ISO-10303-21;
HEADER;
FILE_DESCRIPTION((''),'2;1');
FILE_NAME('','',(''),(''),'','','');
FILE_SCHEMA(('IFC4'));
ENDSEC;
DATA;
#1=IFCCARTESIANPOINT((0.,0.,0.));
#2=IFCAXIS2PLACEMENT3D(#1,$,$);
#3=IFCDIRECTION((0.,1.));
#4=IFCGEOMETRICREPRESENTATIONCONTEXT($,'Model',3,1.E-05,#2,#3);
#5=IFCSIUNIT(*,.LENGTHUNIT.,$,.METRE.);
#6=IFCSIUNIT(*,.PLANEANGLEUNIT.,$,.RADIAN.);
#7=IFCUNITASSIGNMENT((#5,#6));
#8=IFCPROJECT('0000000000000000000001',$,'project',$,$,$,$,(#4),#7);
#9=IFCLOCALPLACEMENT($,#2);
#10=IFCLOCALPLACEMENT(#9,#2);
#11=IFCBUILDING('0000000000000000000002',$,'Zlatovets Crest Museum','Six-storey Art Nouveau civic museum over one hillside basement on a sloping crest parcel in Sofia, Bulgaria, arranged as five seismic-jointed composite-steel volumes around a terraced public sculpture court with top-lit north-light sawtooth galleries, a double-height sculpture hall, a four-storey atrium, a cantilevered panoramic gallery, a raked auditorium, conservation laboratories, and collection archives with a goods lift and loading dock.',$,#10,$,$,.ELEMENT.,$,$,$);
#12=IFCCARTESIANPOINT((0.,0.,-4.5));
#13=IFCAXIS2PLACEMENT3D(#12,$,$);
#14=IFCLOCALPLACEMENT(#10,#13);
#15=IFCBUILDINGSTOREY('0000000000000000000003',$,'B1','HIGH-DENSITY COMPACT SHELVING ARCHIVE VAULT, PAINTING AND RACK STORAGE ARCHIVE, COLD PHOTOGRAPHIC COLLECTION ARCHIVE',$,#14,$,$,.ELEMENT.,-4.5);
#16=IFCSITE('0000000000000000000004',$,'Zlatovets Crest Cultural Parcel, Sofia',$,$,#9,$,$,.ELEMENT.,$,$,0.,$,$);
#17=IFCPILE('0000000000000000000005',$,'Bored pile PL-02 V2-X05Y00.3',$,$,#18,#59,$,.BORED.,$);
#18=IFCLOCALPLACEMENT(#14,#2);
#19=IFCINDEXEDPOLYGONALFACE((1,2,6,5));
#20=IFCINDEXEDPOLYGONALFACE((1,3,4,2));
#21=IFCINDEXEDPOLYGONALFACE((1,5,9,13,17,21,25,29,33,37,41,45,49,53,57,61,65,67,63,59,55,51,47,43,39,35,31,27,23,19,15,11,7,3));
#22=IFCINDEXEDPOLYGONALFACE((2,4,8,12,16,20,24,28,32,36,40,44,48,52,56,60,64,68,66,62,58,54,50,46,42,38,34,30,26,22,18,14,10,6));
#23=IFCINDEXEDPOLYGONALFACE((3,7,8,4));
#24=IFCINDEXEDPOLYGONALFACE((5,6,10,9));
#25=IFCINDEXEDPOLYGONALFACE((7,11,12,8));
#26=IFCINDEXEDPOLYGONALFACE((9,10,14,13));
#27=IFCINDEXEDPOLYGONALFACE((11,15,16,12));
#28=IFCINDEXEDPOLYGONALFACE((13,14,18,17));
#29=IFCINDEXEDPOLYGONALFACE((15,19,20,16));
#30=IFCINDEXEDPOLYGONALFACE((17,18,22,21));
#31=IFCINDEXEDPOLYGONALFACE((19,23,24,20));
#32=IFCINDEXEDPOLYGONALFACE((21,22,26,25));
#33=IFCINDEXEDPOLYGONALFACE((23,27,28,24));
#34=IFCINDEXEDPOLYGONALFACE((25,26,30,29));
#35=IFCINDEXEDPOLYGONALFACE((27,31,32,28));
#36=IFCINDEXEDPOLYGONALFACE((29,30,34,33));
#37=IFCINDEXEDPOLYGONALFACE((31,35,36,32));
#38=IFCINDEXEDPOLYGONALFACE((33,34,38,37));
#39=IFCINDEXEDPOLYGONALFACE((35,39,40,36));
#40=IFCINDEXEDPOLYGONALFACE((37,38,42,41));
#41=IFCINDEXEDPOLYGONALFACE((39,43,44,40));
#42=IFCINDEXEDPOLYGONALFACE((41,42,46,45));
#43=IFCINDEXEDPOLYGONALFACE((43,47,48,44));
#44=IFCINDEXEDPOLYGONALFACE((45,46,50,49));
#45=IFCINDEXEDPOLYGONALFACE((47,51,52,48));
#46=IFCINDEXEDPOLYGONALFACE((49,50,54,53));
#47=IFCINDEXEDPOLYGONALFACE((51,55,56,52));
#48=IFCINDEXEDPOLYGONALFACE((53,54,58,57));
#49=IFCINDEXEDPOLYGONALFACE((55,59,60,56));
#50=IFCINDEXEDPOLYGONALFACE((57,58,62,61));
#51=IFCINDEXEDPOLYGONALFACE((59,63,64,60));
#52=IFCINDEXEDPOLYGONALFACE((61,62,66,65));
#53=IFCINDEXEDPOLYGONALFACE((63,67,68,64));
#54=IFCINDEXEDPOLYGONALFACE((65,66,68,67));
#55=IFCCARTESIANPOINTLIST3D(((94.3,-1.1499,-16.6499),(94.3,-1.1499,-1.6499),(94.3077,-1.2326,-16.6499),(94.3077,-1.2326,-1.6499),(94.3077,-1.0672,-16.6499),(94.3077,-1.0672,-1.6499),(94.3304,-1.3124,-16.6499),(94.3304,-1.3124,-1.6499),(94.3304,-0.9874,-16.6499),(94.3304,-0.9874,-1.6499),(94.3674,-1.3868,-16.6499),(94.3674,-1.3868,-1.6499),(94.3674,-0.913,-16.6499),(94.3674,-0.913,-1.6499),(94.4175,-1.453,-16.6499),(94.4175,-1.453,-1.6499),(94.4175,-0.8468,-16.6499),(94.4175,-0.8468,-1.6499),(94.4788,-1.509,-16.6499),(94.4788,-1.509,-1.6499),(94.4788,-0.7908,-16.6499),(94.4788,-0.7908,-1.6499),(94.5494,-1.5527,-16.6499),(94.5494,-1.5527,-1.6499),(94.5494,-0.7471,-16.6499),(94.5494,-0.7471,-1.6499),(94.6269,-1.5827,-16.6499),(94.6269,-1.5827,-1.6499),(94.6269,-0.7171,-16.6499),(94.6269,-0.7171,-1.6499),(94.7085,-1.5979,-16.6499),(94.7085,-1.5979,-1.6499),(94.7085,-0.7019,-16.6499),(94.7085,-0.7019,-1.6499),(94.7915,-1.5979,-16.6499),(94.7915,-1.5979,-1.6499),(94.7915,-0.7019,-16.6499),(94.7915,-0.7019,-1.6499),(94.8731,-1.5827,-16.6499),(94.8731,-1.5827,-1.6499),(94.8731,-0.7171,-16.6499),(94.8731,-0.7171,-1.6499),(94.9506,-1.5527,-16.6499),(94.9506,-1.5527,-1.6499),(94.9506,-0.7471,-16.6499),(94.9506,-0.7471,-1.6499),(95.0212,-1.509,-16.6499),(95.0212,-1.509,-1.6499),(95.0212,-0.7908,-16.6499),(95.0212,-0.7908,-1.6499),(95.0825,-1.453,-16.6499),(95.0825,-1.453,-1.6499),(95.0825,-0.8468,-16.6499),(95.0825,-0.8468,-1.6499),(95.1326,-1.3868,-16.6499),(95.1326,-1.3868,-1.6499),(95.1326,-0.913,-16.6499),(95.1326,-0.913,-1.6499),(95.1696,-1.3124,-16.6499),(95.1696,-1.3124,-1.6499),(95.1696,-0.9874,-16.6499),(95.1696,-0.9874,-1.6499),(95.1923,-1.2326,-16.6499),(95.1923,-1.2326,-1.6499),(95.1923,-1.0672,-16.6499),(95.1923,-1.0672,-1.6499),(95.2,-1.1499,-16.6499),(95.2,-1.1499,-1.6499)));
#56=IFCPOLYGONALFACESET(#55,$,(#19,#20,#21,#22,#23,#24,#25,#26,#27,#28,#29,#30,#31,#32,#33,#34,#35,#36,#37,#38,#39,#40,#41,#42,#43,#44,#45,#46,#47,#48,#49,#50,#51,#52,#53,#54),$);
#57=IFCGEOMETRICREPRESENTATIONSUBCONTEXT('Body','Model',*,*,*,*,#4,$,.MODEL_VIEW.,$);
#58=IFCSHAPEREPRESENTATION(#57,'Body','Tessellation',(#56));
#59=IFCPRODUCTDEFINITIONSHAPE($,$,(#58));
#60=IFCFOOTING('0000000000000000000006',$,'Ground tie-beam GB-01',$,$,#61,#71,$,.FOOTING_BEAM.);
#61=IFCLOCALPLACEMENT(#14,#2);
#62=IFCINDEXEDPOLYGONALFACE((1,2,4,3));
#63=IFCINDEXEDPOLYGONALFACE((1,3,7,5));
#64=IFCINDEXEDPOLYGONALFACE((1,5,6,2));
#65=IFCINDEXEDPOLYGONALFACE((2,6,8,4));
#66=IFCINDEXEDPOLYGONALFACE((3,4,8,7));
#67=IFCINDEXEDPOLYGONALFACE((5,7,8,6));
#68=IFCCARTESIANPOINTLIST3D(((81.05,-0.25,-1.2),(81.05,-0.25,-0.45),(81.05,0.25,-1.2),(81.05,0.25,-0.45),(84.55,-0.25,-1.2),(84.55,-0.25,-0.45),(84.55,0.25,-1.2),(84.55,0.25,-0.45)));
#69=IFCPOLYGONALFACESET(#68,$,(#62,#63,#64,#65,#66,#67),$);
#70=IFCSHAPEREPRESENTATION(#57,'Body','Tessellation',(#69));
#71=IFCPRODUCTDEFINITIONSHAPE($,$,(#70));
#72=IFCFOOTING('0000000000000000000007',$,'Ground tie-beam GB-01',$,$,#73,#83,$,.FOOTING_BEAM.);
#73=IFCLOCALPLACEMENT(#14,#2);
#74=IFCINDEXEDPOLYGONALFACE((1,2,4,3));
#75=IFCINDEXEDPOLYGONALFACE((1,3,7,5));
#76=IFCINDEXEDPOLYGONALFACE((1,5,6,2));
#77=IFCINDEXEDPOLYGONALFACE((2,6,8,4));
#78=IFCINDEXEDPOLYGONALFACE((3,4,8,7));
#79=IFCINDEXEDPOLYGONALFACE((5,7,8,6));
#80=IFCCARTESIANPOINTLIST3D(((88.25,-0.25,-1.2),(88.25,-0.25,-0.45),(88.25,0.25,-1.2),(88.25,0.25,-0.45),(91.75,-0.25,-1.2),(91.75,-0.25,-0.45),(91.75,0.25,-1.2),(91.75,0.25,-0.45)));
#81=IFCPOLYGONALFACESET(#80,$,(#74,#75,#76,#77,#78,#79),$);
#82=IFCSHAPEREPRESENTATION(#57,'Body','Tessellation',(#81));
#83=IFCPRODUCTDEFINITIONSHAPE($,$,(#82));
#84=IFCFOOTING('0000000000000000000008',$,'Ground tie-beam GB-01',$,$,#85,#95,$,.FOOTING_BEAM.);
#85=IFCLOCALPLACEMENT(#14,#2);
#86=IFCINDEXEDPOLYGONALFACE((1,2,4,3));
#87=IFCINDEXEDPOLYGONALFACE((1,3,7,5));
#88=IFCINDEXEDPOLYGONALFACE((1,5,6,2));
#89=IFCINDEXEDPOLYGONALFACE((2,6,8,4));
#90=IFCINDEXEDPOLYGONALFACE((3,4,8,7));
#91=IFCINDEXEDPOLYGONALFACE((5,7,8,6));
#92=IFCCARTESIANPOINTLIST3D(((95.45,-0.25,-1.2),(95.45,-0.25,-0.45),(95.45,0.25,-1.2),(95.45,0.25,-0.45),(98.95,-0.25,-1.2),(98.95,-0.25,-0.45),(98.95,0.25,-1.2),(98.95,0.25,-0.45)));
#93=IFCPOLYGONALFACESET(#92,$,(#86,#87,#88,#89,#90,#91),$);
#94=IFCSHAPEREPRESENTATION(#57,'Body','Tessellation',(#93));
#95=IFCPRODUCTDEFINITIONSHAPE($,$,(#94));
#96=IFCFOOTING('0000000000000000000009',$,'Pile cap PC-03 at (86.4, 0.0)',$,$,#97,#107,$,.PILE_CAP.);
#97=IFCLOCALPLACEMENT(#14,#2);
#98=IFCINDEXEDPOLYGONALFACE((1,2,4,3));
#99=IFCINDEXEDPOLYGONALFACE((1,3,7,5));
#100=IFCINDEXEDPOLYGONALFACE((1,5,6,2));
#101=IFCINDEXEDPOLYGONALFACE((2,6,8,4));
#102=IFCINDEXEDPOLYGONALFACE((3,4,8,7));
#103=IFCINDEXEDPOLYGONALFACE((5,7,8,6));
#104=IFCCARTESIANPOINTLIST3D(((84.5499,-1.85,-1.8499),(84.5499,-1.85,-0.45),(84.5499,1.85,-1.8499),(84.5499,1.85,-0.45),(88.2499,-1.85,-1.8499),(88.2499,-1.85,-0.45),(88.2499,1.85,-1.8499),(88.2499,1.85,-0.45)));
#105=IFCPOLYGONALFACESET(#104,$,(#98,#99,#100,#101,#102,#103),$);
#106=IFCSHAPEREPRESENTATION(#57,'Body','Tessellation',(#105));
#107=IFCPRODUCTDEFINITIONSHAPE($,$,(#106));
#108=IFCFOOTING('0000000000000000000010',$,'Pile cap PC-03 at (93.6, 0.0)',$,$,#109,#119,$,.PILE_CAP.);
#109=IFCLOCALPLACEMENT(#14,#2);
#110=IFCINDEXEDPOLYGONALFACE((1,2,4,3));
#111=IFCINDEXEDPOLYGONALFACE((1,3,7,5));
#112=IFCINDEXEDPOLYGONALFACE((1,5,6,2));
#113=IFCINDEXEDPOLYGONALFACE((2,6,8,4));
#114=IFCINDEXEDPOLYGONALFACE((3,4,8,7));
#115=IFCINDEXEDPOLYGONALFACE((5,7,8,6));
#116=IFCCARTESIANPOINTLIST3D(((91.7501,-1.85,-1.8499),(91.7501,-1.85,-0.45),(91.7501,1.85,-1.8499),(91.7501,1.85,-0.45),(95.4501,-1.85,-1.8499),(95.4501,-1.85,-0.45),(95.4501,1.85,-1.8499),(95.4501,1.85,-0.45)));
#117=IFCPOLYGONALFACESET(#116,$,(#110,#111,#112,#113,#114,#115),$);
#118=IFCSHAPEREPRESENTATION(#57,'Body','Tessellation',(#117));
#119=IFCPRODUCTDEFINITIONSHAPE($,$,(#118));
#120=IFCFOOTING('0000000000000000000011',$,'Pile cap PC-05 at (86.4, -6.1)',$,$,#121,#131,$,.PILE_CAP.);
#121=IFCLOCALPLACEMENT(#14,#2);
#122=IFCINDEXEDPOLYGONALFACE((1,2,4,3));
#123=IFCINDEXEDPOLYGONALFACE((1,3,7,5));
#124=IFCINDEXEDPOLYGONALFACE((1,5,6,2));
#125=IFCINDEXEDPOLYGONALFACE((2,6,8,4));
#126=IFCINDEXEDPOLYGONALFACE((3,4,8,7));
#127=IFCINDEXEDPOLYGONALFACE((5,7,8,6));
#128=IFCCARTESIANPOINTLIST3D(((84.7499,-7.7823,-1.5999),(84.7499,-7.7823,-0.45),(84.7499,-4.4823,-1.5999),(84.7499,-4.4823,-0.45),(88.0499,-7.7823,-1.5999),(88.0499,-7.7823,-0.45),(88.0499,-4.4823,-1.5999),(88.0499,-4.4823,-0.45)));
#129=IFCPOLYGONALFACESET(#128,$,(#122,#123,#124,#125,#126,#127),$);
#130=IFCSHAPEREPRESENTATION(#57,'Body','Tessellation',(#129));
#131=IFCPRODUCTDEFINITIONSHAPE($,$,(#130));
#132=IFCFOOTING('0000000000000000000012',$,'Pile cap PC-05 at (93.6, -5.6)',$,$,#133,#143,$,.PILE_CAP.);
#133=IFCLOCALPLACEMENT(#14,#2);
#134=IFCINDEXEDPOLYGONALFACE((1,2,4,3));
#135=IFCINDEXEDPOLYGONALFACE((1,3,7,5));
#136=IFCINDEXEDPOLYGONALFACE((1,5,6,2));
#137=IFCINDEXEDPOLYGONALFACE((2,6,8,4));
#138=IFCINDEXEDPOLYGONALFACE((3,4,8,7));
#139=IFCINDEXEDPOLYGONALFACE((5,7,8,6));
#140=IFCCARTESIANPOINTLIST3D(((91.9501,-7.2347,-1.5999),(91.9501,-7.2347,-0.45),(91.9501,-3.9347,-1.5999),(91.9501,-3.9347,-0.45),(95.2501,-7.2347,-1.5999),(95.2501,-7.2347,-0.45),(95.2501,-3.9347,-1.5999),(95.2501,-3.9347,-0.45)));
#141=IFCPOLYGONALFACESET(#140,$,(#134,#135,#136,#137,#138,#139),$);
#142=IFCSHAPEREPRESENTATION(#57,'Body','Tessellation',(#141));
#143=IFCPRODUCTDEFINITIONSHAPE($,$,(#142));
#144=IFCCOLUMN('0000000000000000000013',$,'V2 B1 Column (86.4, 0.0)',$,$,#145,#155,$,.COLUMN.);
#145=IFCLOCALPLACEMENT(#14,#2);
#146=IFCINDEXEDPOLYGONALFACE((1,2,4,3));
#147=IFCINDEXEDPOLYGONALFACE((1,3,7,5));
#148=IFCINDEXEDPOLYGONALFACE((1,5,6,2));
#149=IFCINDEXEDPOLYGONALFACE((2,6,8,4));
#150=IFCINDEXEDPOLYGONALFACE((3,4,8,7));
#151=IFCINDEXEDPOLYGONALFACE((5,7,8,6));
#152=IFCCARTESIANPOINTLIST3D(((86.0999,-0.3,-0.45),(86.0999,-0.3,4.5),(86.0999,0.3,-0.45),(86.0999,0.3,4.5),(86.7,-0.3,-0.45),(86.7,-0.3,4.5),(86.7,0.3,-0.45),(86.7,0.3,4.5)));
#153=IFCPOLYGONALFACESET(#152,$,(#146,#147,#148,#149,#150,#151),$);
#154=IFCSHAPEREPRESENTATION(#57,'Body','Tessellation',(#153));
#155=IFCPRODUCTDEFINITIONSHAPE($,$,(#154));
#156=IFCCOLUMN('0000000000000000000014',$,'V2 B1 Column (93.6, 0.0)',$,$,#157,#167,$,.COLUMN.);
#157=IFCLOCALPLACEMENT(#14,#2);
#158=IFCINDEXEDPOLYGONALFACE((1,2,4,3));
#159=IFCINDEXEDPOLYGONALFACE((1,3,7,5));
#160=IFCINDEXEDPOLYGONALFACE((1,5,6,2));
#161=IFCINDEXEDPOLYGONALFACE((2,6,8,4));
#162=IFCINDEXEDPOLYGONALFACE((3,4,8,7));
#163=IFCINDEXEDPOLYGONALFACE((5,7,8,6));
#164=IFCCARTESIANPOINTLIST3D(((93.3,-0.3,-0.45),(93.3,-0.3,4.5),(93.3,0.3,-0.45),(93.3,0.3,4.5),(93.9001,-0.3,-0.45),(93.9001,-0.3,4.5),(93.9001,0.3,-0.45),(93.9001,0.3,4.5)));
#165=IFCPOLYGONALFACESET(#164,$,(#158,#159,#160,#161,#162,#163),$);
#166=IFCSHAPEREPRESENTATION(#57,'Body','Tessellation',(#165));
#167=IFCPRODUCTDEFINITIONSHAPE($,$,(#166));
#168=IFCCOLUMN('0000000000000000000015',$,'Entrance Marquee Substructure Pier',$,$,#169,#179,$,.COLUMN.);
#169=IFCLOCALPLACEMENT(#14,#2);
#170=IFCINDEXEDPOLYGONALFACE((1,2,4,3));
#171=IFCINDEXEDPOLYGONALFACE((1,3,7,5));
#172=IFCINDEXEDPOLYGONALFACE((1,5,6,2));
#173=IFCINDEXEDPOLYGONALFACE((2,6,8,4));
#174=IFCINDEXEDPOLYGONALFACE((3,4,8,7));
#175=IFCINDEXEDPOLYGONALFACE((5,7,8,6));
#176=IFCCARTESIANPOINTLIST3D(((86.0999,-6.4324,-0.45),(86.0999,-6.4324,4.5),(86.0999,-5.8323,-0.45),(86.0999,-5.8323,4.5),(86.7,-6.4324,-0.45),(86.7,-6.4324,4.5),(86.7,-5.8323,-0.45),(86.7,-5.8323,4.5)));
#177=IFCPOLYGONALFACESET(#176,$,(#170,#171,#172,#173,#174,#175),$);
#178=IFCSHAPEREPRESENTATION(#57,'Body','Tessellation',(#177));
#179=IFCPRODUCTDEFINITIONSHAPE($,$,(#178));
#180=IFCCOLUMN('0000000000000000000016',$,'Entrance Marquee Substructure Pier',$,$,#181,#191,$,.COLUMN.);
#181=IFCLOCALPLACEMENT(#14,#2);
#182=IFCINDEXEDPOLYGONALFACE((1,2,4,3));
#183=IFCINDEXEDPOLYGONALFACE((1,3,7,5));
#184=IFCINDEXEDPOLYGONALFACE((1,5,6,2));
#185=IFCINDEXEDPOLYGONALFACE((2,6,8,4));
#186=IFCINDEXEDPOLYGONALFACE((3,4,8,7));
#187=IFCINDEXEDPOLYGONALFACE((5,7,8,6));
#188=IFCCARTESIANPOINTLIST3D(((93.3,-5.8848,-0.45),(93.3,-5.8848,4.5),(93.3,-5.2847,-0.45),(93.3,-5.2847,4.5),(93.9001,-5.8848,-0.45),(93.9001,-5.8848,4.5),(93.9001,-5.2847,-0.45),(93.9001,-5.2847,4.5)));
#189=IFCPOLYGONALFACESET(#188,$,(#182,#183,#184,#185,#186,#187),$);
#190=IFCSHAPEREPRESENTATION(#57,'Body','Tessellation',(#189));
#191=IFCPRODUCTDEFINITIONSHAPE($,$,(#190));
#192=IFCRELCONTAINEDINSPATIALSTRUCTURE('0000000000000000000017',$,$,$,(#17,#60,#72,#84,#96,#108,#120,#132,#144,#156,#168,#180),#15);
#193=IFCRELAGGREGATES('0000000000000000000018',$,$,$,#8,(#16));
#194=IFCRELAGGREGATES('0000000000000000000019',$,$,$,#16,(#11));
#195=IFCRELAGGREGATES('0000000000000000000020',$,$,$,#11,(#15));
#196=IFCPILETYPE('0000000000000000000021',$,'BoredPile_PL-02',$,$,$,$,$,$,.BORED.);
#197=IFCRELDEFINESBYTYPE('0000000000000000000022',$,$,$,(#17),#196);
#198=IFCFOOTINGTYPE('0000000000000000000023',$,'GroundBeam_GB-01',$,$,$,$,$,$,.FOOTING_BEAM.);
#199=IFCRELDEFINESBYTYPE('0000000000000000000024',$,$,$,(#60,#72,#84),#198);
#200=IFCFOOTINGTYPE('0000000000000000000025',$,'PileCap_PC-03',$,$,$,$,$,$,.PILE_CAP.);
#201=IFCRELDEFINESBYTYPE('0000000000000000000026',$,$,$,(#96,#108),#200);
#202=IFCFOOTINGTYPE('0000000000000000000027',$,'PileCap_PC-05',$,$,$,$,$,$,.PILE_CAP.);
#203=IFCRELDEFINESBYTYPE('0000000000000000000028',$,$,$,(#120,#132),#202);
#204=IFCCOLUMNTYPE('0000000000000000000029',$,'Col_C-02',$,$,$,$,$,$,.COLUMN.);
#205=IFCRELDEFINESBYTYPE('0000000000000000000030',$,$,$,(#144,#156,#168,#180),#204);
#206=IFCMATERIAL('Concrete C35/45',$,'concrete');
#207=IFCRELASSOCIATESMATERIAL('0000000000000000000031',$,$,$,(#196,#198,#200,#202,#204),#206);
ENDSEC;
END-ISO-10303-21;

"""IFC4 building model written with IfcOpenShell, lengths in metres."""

from ifc_helpers import new_model, si_unit, direction, frame, origin, origin_2d, place, context, subcontext, project, spatial, rectangle, circle, extrude, material, material_profile, profile_set, type_object, element, save


model = new_model("IFC4")

# Units and contexts
model_context = context("Model", 3, precision=1e-05, world=origin(), true_north=direction((0.0, 1.0)))
body_context = subcontext(model_context, "Body", "Model", "MODEL_VIEW")
ifc_project = project(units=[si_unit("LENGTHUNIT", "METRE"), si_unit("PLANEANGLEUNIT", "RADIAN")], contexts=[model_context])

# Site, building, storey
site_placement = place(None, origin())
site = spatial("IfcSite", under=ifc_project, at=site_placement, Name="Zlatovets Crest Cultural Parcel, Sofia", CompositionType="ELEMENT", RefElevation=0.0)
building_placement = place(site_placement, origin())
building = spatial("IfcBuilding", under=site, at=building_placement, Name="Zlatovets Crest Museum", Description="Six-storey Art Nouveau civic museum over one hillside basement on a sloping crest parcel in Sofia, Bulgaria, arranged as five seismic-jointed composite-steel volumes around a terraced public sculpture court with top-lit north-light sawtooth galleries, a double-height sculpture hall, a four-storey atrium, a cantilevered panoramic gallery, a raked auditorium, conservation laboratories, and collection archives with a goods lift and loading dock.", CompositionType="ELEMENT")
storey_placement = place(building_placement, frame((0.0, 0.0, -4.5)))
storey = spatial("IfcBuildingStorey", under=building, at=storey_placement, Name="B1", Description="HIGH-DENSITY COMPACT SHELVING ARCHIVE VAULT, PAINTING AND RACK STORAGE ARCHIVE, COLD PHOTOGRAPHIC COLLECTION ARCHIVE", CompositionType="ELEMENT", Elevation=-4.5)

# Pile
ifc_material_1 = material(Name="Concrete C35/45", Category="concrete")
ifc_material_profile_1 = material_profile(ifc_material_1, circle(Radius=0.45, at=origin_2d()), Name="PILE D900")
ifc_profile_set_1 = profile_set([ifc_material_profile_1], Name="Concrete C35/45")
pile_type_1 = type_object("IfcPileType", Name="BoredPile_PL-02", PredefinedType="BORED", material=ifc_profile_set_1)
for number, where, z_axis, x_axis, name in (
    (1, (94.75, -1.1499, -1.6499), (0.0, 0.0, -1.0), (1.0, 0.0, 0.0), "Bored pile PL-02 V2-X05Y00.3"),
):
    element("IfcPile", number, at=place(storey_placement, frame(where, z_axis=z_axis, x_axis=x_axis)), inside=storey, type_object=pile_type_1, Name=name, PredefinedType="BORED", context=body_context, shape_type="SweptSolid", body=[
        extrude(circle(Radius=0.45, at=origin_2d()), origin(), (0.0, 0.0, 1.0), 15.0),
    ])

# Footings
ifc_material_profile_2 = material_profile(ifc_material_1, rectangle(XDim=0.5, YDim=0.75, at=origin_2d()), Name="RC 500x750")
ifc_profile_set_2 = profile_set([ifc_material_profile_2], Name="Concrete C35/45")
footing_type_1 = type_object("IfcFootingType", Name="GroundBeam_GB-01", PredefinedType="FOOTING_BEAM", material=ifc_profile_set_2)
for number, where, z_axis, x_axis, name in (
    (2, (81.05, 0.0, -0.825), (1.0, 0.0, 0.0), (0.0, 1.0, 0.0), "Ground tie-beam GB-01"),
    (3, (88.25, 0.0, -0.825), (1.0, 0.0, 0.0), (0.0, 1.0, 0.0), "Ground tie-beam GB-01"),
    (4, (95.45, 0.0, -0.825), (1.0, 0.0, 0.0), (0.0, 1.0, 0.0), "Ground tie-beam GB-01"),
):
    element("IfcFooting", number, at=place(storey_placement, frame(where, z_axis=z_axis, x_axis=x_axis)), inside=storey, type_object=footing_type_1, Name=name, PredefinedType="FOOTING_BEAM", context=body_context, shape_type="SweptSolid", body=[
        extrude(rectangle(XDim=0.5, YDim=0.75, at=origin_2d()), origin(), (0.0, 0.0, 1.0), 3.5),
    ])
footing_type_2 = type_object("IfcFootingType", Name="PileCap_PC-03", PredefinedType="PILE_CAP", material=ifc_material_1)
for number, where, z_axis, x_axis, name in (
    (5, (86.3999, 0.0, -1.8499), (0.0, 0.0, 1.0), (1.0, 0.0, 0.0), "Pile cap PC-03 at (86.4, 0.0)"),
    (6, (93.6001, 0.0, -1.8499), (0.0, 0.0, 1.0), (1.0, 0.0, 0.0), "Pile cap PC-03 at (93.6, 0.0)"),
):
    element("IfcFooting", number, at=place(storey_placement, frame(where, z_axis=z_axis, x_axis=x_axis)), inside=storey, type_object=footing_type_2, Name=name, PredefinedType="PILE_CAP", context=body_context, shape_type="SweptSolid", body=[
        extrude(rectangle(XDim=3.7, YDim=3.7, at=origin_2d()), origin(), (0.0, 0.0, 1.0), 1.3999),
    ])
footing_type_3 = type_object("IfcFootingType", Name="PileCap_PC-05", PredefinedType="PILE_CAP", material=ifc_material_1)
for number, where, z_axis, x_axis, name in (
    (7, (86.3999, -6.1323, -1.5999), (0.0, 0.0, 1.0), (1.0, 0.0, 0.0), "Pile cap PC-05 at (86.4, -6.1)"),
    (8, (93.6001, -5.5847, -1.5999), (0.0, 0.0, 1.0), (1.0, 0.0, 0.0), "Pile cap PC-05 at (93.6, -5.6)"),
):
    element("IfcFooting", number, at=place(storey_placement, frame(where, z_axis=z_axis, x_axis=x_axis)), inside=storey, type_object=footing_type_3, Name=name, PredefinedType="PILE_CAP", context=body_context, shape_type="SweptSolid", body=[
        extrude(rectangle(XDim=3.3, YDim=3.3, at=origin_2d()), origin(), (0.0, 0.0, 1.0), 1.1499),
    ])

# Columns
ifc_material_profile_3 = material_profile(ifc_material_1, rectangle(XDim=0.6001, YDim=0.6001, at=origin_2d()), Name="RC 600x600")
ifc_profile_set_3 = profile_set([ifc_material_profile_3], Name="Concrete C35/45")
column_type = type_object("IfcColumnType", Name="Col_C-02", PredefinedType="COLUMN", material=ifc_profile_set_3)
for number, where, z_axis, x_axis, name in (
    (9, (86.3999, 0.0, -0.45), (0.0, 0.0, 1.0), (1.0, 0.0, 0.0), "V2 B1 Column (86.4, 0.0)"),
    (10, (93.6001, 0.0, -0.45), (0.0, 0.0, 1.0), (0.0, 1.0, 0.0), "V2 B1 Column (93.6, 0.0)"),
    (11, (86.3999, -6.1323, -0.45), (0.0, 0.0, 1.0), (1.0, 0.0, 0.0), "Entrance Marquee Substructure Pier"),
    (12, (93.6001, -5.5847, -0.45), (0.0, 0.0, 1.0), (1.0, 0.0, 0.0), "Entrance Marquee Substructure Pier"),
):
    element("IfcColumn", number, at=place(storey_placement, frame(where, z_axis=z_axis, x_axis=x_axis)), inside=storey, type_object=column_type, Name=name, PredefinedType="COLUMN", context=body_context, shape_type="SweptSolid", body=[
        extrude(rectangle(XDim=0.6001, YDim=0.6001, at=origin_2d()), origin(), (0.0, 0.0, 1.0), 4.95),
    ])

save(model, "model.ifc")
